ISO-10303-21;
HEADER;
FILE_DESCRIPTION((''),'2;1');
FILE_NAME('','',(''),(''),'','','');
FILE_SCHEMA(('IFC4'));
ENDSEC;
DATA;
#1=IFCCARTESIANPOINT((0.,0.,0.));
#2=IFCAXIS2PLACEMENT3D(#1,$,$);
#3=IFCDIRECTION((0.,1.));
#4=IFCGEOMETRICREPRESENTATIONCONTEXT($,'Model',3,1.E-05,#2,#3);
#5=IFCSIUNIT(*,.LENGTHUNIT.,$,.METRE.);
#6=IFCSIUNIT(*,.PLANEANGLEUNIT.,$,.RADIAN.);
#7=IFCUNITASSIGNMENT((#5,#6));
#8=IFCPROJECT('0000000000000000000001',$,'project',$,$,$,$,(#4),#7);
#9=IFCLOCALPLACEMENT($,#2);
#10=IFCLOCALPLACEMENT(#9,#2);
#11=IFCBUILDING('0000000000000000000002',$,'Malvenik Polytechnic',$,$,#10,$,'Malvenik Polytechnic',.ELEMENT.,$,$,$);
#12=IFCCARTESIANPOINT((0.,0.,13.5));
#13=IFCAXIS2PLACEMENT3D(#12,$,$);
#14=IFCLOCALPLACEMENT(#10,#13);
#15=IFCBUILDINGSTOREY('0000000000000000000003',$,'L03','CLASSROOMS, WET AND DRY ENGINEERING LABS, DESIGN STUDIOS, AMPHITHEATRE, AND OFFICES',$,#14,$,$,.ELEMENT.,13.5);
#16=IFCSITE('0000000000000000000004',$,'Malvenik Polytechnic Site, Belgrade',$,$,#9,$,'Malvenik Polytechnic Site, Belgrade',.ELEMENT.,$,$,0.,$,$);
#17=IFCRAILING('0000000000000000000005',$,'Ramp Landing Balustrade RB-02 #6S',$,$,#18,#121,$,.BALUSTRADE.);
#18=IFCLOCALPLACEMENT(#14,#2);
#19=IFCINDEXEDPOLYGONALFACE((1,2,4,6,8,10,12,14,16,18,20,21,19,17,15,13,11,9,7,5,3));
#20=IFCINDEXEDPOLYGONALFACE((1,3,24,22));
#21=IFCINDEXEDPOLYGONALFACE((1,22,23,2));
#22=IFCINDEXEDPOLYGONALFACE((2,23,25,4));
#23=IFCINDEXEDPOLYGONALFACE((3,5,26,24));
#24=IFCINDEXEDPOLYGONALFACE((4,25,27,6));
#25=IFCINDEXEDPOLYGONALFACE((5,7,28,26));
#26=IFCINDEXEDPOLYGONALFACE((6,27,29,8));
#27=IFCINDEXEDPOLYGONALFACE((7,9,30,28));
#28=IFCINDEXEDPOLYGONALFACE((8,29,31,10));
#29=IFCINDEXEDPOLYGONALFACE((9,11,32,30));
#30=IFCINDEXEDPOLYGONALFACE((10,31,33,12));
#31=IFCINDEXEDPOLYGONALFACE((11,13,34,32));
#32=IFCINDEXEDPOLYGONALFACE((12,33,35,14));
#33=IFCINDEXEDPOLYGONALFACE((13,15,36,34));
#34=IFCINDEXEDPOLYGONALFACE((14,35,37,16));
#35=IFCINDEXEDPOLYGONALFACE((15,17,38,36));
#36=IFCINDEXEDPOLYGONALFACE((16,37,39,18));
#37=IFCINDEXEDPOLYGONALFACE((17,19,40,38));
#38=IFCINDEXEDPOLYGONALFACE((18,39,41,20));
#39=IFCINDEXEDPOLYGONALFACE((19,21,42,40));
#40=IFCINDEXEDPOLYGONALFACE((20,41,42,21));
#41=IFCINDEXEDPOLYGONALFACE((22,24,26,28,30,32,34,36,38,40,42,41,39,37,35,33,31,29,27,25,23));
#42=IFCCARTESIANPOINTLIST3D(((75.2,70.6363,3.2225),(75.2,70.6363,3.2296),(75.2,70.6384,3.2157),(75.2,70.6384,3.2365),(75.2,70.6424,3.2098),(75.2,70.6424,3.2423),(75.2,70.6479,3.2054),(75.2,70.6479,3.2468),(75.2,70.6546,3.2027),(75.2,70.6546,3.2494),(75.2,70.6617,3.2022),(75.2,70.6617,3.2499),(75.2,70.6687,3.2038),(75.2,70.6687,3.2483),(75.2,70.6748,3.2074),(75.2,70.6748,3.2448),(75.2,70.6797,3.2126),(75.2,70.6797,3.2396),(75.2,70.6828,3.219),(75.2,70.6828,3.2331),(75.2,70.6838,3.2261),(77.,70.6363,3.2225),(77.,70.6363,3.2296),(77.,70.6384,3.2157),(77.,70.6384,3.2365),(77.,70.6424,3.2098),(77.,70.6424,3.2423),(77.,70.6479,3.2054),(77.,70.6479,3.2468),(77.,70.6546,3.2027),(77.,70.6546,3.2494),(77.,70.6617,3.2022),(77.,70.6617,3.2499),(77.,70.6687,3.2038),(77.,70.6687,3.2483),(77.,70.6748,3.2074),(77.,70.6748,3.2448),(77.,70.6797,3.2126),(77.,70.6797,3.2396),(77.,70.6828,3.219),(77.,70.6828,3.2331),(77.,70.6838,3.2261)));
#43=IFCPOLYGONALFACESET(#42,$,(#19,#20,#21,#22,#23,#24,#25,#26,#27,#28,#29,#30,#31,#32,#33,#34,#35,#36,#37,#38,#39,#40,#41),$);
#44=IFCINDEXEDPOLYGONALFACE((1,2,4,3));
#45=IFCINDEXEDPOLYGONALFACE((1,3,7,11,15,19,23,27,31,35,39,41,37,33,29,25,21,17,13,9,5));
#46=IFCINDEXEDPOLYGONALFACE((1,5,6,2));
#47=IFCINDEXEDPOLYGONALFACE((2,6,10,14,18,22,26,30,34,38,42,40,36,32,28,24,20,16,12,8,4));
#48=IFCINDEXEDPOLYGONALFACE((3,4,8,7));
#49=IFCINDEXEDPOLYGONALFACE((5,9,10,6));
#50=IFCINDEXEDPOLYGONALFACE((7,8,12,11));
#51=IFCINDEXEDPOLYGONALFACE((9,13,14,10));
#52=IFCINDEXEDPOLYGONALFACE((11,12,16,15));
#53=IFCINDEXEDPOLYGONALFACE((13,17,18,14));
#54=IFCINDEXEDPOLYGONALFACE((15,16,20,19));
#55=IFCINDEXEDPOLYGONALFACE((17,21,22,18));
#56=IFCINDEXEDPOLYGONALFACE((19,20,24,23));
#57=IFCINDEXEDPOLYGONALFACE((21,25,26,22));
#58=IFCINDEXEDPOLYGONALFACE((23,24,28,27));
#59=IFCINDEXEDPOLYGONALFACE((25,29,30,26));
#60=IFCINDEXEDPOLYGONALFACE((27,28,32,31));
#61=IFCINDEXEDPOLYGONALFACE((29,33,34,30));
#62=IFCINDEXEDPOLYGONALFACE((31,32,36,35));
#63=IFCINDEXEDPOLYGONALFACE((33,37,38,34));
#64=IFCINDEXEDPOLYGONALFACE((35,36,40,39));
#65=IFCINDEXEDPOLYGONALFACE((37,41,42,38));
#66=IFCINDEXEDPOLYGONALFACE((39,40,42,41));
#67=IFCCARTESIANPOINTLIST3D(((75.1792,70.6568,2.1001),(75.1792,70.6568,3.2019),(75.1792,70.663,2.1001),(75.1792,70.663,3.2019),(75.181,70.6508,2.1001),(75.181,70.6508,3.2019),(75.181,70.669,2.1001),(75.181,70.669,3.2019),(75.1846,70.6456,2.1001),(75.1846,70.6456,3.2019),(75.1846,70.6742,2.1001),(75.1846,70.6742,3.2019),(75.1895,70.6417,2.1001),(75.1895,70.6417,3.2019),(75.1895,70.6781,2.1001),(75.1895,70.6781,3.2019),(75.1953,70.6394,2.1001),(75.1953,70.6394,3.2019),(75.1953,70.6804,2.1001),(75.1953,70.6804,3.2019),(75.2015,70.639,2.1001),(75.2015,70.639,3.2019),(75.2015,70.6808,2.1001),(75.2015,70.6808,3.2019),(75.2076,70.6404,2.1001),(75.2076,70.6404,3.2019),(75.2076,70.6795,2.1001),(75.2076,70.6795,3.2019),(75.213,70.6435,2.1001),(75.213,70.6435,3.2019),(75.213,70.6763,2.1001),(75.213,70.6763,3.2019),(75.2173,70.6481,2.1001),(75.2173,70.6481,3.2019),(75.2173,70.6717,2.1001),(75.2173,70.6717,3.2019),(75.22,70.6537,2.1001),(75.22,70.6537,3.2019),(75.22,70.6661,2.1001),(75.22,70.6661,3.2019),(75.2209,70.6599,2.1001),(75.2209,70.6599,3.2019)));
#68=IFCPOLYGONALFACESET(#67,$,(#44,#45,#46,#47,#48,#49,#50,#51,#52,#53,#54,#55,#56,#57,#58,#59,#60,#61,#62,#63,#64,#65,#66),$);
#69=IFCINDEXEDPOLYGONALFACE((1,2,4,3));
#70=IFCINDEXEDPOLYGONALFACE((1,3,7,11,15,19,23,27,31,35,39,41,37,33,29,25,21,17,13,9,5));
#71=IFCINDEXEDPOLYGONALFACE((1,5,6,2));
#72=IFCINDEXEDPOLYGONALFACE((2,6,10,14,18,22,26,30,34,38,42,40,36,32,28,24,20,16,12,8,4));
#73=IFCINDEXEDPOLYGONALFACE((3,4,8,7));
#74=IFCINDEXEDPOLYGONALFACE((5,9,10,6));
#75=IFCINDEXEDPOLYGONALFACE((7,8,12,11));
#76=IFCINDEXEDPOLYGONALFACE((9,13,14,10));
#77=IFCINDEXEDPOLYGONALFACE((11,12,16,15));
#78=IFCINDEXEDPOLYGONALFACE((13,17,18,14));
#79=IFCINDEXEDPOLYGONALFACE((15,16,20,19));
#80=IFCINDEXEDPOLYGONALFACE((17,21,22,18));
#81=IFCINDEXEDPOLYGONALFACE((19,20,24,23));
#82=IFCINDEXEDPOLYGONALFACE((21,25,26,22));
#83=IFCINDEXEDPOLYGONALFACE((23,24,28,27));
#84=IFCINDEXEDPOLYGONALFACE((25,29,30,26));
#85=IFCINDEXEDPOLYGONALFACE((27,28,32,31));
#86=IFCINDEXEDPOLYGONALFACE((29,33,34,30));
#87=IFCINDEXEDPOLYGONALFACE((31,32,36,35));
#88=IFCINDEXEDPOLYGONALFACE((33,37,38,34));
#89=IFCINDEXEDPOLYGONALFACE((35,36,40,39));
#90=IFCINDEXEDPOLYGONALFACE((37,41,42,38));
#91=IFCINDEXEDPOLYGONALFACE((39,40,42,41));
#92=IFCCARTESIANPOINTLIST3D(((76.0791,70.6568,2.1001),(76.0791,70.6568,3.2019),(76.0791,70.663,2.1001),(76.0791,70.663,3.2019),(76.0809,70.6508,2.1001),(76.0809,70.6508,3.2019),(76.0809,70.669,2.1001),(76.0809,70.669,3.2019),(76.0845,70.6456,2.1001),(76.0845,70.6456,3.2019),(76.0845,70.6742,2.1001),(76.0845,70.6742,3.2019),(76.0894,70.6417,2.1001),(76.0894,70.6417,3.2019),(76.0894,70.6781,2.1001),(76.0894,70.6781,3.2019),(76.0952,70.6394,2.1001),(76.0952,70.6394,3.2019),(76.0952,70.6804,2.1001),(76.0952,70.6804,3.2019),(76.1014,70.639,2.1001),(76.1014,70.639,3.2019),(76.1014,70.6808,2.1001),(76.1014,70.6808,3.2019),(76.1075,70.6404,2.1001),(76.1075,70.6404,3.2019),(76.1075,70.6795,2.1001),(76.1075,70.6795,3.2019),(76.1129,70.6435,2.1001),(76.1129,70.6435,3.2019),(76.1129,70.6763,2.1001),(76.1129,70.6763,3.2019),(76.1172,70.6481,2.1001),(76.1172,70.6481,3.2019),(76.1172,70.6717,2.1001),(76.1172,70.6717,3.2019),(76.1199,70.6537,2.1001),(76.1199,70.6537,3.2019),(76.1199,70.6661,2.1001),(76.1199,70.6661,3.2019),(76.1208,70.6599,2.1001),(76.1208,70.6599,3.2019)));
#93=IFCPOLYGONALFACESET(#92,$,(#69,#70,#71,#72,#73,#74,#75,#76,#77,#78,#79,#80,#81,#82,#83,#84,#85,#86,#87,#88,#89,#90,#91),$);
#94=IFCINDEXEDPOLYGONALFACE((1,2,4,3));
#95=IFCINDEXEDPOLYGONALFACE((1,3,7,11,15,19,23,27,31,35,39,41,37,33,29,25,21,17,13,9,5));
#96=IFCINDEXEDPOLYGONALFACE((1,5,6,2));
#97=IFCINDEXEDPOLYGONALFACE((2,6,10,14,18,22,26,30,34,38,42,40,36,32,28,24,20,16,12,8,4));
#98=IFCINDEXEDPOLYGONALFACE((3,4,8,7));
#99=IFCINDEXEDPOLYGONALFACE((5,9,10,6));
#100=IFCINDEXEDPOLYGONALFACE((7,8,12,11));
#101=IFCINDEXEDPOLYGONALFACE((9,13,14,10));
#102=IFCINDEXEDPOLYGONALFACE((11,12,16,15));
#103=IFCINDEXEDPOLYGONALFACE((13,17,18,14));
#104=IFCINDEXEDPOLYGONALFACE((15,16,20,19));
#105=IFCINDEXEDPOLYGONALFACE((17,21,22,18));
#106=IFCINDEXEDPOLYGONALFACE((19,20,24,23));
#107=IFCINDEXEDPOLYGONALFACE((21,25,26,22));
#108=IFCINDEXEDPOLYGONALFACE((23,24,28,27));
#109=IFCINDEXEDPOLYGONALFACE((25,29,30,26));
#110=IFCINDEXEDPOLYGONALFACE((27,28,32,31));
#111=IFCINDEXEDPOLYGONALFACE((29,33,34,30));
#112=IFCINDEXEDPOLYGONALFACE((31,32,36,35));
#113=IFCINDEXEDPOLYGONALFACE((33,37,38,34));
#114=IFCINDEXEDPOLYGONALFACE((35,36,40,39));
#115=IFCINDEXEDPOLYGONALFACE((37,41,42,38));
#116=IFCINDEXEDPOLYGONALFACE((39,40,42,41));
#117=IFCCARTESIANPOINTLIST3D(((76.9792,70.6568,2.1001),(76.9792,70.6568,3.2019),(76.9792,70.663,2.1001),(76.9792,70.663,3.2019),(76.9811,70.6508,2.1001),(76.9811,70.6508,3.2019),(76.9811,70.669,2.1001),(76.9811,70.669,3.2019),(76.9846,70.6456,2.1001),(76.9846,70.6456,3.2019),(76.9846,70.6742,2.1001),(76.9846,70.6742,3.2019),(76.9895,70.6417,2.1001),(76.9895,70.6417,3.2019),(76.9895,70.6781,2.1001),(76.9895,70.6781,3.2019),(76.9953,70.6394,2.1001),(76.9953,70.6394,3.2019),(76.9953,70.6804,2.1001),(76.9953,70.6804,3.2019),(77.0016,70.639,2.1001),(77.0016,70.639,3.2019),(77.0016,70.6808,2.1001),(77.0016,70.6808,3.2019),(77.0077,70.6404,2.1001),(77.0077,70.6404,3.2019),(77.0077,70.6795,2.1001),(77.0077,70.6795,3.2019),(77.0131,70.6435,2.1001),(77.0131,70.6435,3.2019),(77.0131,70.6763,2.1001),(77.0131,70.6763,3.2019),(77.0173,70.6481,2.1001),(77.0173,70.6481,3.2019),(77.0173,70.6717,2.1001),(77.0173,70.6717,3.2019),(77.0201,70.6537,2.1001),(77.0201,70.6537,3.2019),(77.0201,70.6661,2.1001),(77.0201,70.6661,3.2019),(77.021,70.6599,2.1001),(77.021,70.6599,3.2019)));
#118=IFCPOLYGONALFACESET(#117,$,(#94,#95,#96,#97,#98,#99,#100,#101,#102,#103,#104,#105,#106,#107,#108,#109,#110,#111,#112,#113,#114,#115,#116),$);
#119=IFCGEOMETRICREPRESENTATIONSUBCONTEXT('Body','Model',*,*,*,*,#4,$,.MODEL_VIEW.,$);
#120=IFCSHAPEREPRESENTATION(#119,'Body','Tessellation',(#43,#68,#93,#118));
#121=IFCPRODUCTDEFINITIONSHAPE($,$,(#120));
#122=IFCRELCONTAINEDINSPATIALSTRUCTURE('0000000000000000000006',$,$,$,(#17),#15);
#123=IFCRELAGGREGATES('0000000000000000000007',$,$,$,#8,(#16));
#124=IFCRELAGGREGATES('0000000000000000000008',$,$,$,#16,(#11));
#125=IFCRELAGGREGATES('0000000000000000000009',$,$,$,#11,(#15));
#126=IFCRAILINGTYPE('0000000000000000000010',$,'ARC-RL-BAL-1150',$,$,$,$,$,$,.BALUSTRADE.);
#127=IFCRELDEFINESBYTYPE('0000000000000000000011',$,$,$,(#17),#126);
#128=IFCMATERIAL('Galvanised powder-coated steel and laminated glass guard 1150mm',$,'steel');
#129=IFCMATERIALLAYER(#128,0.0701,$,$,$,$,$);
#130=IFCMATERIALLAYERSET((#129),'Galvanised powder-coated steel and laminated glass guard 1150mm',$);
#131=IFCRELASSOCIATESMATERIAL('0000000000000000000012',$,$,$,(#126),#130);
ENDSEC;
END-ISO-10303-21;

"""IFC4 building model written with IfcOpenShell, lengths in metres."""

from ifc_helpers import new_model, si_unit, direction, frame, origin, origin_2d, place, context, subcontext, project, spatial, circle, extrude, material, layer, layer_set, type_object, element, save


model = new_model("IFC4")

# Units and contexts
model_context = context("Model", 3, precision=1e-05, world=origin(), true_north=direction((0.0, 1.0)))
body_context = subcontext(model_context, "Body", "Model", "MODEL_VIEW")
ifc_project = project(units=[si_unit("LENGTHUNIT", "METRE"), si_unit("PLANEANGLEUNIT", "RADIAN")], contexts=[model_context])

# Site, building, storey
site_placement = place(None, origin())
site = spatial("IfcSite", under=ifc_project, at=site_placement, Name="Malvenik Polytechnic Site, Belgrade", LongName="Malvenik Polytechnic Site, Belgrade", CompositionType="ELEMENT", RefElevation=0.0)
building_placement = place(site_placement, origin())
building = spatial("IfcBuilding", under=site, at=building_placement, Name="Malvenik Polytechnic", LongName="Malvenik Polytechnic", CompositionType="ELEMENT")
storey_placement = place(building_placement, frame((0.0, 0.0, 13.5)))
storey = spatial("IfcBuildingStorey", under=building, at=storey_placement, Name="L03", Description="CLASSROOMS, WET AND DRY ENGINEERING LABS, DESIGN STUDIOS, AMPHITHEATRE, AND OFFICES", CompositionType="ELEMENT", Elevation=13.5)

# Railing
ifc_material_1 = material(Name="Galvanised powder-coated steel and laminated glass guard 1150mm", Category="steel")
ifc_layer_1 = layer(ifc_material_1, 0.0701)
ifc_layer_set_1 = layer_set([ifc_layer_1], Name="Galvanised powder-coated steel and laminated glass guard 1150mm")
railing_type_1 = type_object("IfcRailingType", Name="ARC-RL-BAL-1150", PredefinedType="BALUSTRADE", material=ifc_layer_set_1)
railing_1_placement = place(storey_placement, frame((75.2, 70.6599, 2.1001)))
element("IfcRailing", 1, at=railing_1_placement, inside=storey, type_object=railing_type_1, Name="Ramp Landing Balustrade RB-02 #6S", PredefinedType="BALUSTRADE", context=body_context, shape_type="SweptSolid", body=[
    extrude(circle(Radius=0.0239, at=origin_2d()), frame((0.0, 0.0, 1.126), z_axis=(1.0, 0.0, 0.0), x_axis=(0.0, 1.0, 0.0)), (0.0, 0.0, 1.0), 1.8),
    extrude(circle(Radius=0.021, at=origin_2d()), origin(), (0.0, 0.0, 1.0), 1.1018),
    extrude(circle(Radius=0.021, at=origin_2d()), frame((0.8999, 0.0, 0.0)), (0.0, 0.0, 1.0), 1.1018),
    extrude(circle(Radius=0.021, at=origin_2d()), frame((1.8, 0.0, 0.0)), (0.0, 0.0, 1.0), 1.1018),
])

save(model, "model.ifc")
